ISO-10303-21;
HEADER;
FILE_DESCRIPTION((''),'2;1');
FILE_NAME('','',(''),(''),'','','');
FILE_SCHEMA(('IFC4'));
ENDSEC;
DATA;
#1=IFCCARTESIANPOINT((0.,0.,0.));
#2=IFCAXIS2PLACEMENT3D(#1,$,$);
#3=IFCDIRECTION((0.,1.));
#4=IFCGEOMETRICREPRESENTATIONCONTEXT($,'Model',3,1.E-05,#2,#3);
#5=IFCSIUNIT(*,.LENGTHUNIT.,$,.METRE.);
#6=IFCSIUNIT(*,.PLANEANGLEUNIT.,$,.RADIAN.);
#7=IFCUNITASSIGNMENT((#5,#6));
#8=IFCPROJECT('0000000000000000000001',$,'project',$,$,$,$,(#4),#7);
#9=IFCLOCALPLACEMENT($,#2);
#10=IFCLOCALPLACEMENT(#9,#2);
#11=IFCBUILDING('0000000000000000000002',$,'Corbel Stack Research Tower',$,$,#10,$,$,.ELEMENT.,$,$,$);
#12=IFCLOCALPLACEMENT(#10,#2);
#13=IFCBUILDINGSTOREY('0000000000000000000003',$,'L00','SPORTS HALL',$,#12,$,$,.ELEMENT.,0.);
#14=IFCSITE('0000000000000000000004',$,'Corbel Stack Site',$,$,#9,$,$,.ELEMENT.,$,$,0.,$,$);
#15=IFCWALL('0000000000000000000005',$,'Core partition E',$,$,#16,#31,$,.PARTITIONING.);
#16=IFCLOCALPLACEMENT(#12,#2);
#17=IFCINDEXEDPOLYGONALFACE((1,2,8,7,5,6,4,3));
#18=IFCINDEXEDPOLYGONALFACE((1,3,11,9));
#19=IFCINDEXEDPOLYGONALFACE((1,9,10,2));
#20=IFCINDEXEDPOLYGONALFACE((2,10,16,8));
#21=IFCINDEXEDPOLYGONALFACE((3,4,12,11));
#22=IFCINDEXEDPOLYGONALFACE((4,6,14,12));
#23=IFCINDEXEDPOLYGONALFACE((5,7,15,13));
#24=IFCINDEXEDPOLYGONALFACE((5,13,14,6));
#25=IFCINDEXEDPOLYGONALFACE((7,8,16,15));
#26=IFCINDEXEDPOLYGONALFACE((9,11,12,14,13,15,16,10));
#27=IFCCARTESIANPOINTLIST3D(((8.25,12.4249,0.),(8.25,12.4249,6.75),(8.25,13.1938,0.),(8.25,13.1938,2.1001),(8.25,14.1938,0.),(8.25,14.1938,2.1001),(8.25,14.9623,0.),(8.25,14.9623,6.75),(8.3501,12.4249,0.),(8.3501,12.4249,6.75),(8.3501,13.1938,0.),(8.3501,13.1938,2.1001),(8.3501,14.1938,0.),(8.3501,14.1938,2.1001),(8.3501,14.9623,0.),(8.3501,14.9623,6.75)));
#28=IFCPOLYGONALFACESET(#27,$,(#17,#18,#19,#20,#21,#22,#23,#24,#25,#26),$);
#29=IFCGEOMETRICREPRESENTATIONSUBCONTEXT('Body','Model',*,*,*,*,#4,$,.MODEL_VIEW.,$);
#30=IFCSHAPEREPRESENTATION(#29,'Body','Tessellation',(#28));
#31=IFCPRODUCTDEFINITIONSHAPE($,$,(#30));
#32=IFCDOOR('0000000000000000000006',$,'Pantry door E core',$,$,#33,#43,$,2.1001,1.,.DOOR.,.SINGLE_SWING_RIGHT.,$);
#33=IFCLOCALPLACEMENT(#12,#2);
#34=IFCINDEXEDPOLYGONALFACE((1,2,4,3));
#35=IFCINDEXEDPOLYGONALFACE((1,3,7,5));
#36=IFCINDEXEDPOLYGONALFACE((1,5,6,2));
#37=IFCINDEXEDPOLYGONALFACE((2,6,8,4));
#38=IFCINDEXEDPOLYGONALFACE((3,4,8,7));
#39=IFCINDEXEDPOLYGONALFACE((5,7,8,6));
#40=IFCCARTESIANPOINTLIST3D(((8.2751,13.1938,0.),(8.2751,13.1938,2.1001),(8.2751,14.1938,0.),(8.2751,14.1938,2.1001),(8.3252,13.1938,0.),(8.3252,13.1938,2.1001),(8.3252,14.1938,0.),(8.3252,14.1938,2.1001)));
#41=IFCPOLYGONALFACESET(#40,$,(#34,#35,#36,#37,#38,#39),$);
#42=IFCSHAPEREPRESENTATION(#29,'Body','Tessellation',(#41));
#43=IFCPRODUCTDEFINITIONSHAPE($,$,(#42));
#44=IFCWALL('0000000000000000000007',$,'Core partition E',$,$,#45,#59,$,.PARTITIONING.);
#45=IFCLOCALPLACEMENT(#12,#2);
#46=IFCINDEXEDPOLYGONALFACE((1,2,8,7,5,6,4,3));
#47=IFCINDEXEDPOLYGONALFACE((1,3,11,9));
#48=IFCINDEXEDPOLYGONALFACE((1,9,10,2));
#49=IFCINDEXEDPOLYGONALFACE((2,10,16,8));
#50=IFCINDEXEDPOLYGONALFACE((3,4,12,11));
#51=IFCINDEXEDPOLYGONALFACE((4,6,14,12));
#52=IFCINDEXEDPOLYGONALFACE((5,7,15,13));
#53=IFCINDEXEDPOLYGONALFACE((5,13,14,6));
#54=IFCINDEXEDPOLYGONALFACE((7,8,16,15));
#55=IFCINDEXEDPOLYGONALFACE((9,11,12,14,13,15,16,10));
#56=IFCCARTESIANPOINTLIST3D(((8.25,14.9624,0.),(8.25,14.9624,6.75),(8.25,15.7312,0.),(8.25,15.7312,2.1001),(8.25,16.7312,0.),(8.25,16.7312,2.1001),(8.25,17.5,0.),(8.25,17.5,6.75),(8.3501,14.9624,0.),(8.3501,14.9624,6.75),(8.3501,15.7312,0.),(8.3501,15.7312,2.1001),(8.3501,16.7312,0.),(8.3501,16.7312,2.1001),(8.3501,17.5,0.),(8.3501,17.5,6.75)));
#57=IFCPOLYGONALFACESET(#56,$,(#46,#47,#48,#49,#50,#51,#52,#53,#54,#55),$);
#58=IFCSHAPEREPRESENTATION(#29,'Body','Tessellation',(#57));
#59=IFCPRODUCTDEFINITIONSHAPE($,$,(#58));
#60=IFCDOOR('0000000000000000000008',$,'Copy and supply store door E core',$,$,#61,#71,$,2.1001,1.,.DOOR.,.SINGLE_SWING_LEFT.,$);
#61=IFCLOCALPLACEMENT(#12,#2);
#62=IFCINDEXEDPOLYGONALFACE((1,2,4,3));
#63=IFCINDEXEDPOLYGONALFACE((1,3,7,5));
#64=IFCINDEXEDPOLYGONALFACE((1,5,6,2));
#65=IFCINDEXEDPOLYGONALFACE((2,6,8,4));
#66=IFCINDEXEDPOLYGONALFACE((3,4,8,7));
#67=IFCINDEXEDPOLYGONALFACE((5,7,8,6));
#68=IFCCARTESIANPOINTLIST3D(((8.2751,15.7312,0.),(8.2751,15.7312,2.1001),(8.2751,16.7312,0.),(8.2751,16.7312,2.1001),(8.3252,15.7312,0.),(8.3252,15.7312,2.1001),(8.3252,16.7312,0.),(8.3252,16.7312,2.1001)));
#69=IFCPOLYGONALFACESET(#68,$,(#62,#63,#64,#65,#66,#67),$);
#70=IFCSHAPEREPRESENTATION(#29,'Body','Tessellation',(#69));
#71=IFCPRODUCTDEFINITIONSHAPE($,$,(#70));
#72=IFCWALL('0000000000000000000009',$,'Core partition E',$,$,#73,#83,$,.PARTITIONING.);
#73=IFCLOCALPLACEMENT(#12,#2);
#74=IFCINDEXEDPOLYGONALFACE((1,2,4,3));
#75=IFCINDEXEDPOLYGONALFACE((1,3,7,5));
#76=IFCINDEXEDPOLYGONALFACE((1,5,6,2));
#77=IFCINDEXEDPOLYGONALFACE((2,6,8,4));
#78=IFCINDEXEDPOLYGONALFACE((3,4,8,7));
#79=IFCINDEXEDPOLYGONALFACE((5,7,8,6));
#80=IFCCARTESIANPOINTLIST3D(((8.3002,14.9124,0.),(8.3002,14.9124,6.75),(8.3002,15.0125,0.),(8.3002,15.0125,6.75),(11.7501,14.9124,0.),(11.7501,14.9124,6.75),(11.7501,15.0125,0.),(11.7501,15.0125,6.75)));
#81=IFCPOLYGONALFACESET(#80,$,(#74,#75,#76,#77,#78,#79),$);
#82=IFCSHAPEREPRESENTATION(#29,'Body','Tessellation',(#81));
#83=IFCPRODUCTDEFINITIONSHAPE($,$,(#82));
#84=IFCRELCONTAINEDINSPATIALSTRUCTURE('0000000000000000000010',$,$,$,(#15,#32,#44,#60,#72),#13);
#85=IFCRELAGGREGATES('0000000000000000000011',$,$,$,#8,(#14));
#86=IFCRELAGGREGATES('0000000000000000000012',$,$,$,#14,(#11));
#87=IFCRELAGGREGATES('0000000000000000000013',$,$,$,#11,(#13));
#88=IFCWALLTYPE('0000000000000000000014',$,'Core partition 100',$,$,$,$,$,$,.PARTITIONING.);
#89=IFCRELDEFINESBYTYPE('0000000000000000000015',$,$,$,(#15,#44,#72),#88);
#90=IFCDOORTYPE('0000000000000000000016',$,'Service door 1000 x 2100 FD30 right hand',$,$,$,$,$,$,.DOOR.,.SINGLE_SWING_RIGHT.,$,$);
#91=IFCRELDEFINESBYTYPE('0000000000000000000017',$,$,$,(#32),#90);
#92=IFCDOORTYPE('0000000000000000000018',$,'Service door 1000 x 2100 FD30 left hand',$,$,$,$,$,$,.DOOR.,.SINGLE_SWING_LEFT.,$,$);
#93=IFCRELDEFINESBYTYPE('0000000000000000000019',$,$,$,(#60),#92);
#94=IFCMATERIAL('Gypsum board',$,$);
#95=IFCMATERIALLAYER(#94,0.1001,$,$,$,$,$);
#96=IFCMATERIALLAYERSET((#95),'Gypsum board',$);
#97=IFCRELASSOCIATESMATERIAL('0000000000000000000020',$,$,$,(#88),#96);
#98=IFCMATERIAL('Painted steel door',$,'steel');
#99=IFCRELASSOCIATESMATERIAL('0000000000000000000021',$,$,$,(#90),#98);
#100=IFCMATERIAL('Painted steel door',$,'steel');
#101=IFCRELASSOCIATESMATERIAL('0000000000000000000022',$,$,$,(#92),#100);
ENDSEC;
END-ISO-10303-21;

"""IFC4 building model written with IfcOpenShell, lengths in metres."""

from ifc_helpers import new_model, si_unit, direction, frame, frame_2d, origin, place, context, subcontext, project, spatial, rectangle, extrude, material, layer, layer_set, type_object, element, fill, save


model = new_model("IFC4")

# Units and contexts
model_context = context("Model", 3, precision=1e-05, world=origin(), true_north=direction((0.0, 1.0)))
body_context = subcontext(model_context, "Body", "Model", "MODEL_VIEW")
ifc_project = project(units=[si_unit("LENGTHUNIT", "METRE"), si_unit("PLANEANGLEUNIT", "RADIAN")], contexts=[model_context])

# Site, building, storey
site_placement = place(None, origin())
site = spatial("IfcSite", under=ifc_project, at=site_placement, Name="Corbel Stack Site", CompositionType="ELEMENT", RefElevation=0.0)
building_placement = place(site_placement, origin())
building = spatial("IfcBuilding", under=site, at=building_placement, Name="Corbel Stack Research Tower", CompositionType="ELEMENT")
storey_placement = place(building_placement, origin())
storey = spatial("IfcBuildingStorey", under=building, at=storey_placement, Name="L00", Description="SPORTS HALL", CompositionType="ELEMENT", Elevation=0.0)

# Shared definitions
ifc_material_1 = material(Name="Gypsum board")
ifc_layer_1 = layer(ifc_material_1, 0.1001)
ifc_layer_set_1 = layer_set([ifc_layer_1], Name="Gypsum board")
wall_type_1 = type_object("IfcWallType", Name="Core partition 100", PredefinedType="PARTITIONING", material=ifc_layer_set_1)

# Walls, openings, doors
wall_1_placement = place(storey_placement, frame((8.3, 12.425, 0.0), z_axis=(0.0, 0.0, 1.0), x_axis=(0.0, 1.0, 0.0)))
wall_1 = element("IfcWall", 1, at=wall_1_placement, inside=storey, type_object=wall_type_1, Name="Core partition E", PredefinedType="PARTITIONING", context=body_context, shape_type="SweptSolid", body=[
    extrude(rectangle(XDim=2.5374, YDim=0.1001, at=frame_2d((1.2686, 0.0))), origin(), (0.0, 0.0, 1.0), 6.75),
])
opening_1_placement = place(wall_1_placement, frame((0.7688, 0.0, 0.0)))
opening_1 = element("IfcOpeningElement", 2, at=opening_1_placement, cuts=wall_1, PredefinedType="OPENING", context=body_context, shape_type="SweptSolid", body=[
    extrude(rectangle(XDim=1.0, YDim=2.1001, at=frame_2d((0.5, 1.05))), frame((0.0, 0.0601, 0.0), z_axis=(0.0, -1.0, 0.0), x_axis=(1.0, 0.0, 0.0)), (0.0, 0.0, 1.0), 0.1201),
])
ifc_material_2 = material(Name="Painted steel door", Category="steel")
door_type_1 = type_object("IfcDoorType", Name="Service door 1000 x 2100 FD30 right hand", OperationType="SINGLE_SWING_RIGHT", PredefinedType="DOOR", material=ifc_material_2)
door_1_placement = place(opening_1_placement, origin())
door_1 = element("IfcDoor", 3, at=door_1_placement, inside=storey, type_object=door_type_1, Name="Pantry door E core", OperationType="SINGLE_SWING_RIGHT", OverallHeight=2.1001, OverallWidth=1.0, PredefinedType="DOOR", context=body_context, shape_type="SweptSolid", body=[
    extrude(rectangle(XDim=1.0, YDim=2.1001, at=frame_2d((0.5, 1.05))), frame((0.0, 0.0249, 0.0), z_axis=(0.0, -1.0, 0.0), x_axis=(1.0, 0.0, 0.0)), (0.0, 0.0, 1.0), 0.05),
])
fill(opening_1, door_1)
wall_2_placement = place(storey_placement, frame((8.3, 14.9624, 0.0), z_axis=(0.0, 0.0, 1.0), x_axis=(0.0, 1.0, 0.0)))
wall_2 = element("IfcWall", 4, at=wall_2_placement, inside=storey, type_object=wall_type_1, Name="Core partition E", PredefinedType="PARTITIONING", context=body_context, shape_type="SweptSolid", body=[
    extrude(rectangle(XDim=2.5376, YDim=0.1001, at=frame_2d((1.2688, 0.0))), origin(), (0.0, 0.0, 1.0), 6.75),
])
opening_2_placement = place(wall_2_placement, frame((0.7688, 0.0, 0.0)))
opening_2 = element("IfcOpeningElement", 5, at=opening_2_placement, cuts=wall_2, PredefinedType="OPENING", context=body_context, shape_type="SweptSolid", body=[
    extrude(rectangle(XDim=1.0, YDim=2.1001, at=frame_2d((0.5, 1.05))), frame((0.0, 0.0601, 0.0), z_axis=(0.0, -1.0, 0.0), x_axis=(1.0, 0.0, 0.0)), (0.0, 0.0, 1.0), 0.1201),
])
ifc_material_3 = material(Name="Painted steel door", Category="steel")
door_type_2 = type_object("IfcDoorType", Name="Service door 1000 x 2100 FD30 left hand", OperationType="SINGLE_SWING_LEFT", PredefinedType="DOOR", material=ifc_material_3)
door_2_placement = place(opening_2_placement, origin())
door_2 = element("IfcDoor", 6, at=door_2_placement, inside=storey, type_object=door_type_2, Name="Copy and supply store door E core", OperationType="SINGLE_SWING_LEFT", OverallHeight=2.1001, OverallWidth=1.0, PredefinedType="DOOR", context=body_context, shape_type="SweptSolid", body=[
    extrude(rectangle(XDim=1.0, YDim=2.1001, at=frame_2d((0.5, 1.05))), frame((0.0, 0.0249, 0.0), z_axis=(0.0, -1.0, 0.0), x_axis=(1.0, 0.0, 0.0)), (0.0, 0.0, 1.0), 0.05),
])
fill(opening_2, door_2)

# Wall
wall_3_placement = place(storey_placement, frame((8.3, 14.9624, 0.0), z_axis=(0.0, 0.0, 1.0), x_axis=(1.0, 0.0, 0.0)))
element("IfcWall", 7, at=wall_3_placement, inside=storey, type_object=wall_type_1, Name="Core partition E", PredefinedType="PARTITIONING", context=body_context, shape_type="SweptSolid", body=[
    extrude(rectangle(XDim=3.45, YDim=0.1001, at=frame_2d((1.7251, 0.0))), origin(), (0.0, 0.0, 1.0), 6.75),
])

save(model, "model.ifc")
